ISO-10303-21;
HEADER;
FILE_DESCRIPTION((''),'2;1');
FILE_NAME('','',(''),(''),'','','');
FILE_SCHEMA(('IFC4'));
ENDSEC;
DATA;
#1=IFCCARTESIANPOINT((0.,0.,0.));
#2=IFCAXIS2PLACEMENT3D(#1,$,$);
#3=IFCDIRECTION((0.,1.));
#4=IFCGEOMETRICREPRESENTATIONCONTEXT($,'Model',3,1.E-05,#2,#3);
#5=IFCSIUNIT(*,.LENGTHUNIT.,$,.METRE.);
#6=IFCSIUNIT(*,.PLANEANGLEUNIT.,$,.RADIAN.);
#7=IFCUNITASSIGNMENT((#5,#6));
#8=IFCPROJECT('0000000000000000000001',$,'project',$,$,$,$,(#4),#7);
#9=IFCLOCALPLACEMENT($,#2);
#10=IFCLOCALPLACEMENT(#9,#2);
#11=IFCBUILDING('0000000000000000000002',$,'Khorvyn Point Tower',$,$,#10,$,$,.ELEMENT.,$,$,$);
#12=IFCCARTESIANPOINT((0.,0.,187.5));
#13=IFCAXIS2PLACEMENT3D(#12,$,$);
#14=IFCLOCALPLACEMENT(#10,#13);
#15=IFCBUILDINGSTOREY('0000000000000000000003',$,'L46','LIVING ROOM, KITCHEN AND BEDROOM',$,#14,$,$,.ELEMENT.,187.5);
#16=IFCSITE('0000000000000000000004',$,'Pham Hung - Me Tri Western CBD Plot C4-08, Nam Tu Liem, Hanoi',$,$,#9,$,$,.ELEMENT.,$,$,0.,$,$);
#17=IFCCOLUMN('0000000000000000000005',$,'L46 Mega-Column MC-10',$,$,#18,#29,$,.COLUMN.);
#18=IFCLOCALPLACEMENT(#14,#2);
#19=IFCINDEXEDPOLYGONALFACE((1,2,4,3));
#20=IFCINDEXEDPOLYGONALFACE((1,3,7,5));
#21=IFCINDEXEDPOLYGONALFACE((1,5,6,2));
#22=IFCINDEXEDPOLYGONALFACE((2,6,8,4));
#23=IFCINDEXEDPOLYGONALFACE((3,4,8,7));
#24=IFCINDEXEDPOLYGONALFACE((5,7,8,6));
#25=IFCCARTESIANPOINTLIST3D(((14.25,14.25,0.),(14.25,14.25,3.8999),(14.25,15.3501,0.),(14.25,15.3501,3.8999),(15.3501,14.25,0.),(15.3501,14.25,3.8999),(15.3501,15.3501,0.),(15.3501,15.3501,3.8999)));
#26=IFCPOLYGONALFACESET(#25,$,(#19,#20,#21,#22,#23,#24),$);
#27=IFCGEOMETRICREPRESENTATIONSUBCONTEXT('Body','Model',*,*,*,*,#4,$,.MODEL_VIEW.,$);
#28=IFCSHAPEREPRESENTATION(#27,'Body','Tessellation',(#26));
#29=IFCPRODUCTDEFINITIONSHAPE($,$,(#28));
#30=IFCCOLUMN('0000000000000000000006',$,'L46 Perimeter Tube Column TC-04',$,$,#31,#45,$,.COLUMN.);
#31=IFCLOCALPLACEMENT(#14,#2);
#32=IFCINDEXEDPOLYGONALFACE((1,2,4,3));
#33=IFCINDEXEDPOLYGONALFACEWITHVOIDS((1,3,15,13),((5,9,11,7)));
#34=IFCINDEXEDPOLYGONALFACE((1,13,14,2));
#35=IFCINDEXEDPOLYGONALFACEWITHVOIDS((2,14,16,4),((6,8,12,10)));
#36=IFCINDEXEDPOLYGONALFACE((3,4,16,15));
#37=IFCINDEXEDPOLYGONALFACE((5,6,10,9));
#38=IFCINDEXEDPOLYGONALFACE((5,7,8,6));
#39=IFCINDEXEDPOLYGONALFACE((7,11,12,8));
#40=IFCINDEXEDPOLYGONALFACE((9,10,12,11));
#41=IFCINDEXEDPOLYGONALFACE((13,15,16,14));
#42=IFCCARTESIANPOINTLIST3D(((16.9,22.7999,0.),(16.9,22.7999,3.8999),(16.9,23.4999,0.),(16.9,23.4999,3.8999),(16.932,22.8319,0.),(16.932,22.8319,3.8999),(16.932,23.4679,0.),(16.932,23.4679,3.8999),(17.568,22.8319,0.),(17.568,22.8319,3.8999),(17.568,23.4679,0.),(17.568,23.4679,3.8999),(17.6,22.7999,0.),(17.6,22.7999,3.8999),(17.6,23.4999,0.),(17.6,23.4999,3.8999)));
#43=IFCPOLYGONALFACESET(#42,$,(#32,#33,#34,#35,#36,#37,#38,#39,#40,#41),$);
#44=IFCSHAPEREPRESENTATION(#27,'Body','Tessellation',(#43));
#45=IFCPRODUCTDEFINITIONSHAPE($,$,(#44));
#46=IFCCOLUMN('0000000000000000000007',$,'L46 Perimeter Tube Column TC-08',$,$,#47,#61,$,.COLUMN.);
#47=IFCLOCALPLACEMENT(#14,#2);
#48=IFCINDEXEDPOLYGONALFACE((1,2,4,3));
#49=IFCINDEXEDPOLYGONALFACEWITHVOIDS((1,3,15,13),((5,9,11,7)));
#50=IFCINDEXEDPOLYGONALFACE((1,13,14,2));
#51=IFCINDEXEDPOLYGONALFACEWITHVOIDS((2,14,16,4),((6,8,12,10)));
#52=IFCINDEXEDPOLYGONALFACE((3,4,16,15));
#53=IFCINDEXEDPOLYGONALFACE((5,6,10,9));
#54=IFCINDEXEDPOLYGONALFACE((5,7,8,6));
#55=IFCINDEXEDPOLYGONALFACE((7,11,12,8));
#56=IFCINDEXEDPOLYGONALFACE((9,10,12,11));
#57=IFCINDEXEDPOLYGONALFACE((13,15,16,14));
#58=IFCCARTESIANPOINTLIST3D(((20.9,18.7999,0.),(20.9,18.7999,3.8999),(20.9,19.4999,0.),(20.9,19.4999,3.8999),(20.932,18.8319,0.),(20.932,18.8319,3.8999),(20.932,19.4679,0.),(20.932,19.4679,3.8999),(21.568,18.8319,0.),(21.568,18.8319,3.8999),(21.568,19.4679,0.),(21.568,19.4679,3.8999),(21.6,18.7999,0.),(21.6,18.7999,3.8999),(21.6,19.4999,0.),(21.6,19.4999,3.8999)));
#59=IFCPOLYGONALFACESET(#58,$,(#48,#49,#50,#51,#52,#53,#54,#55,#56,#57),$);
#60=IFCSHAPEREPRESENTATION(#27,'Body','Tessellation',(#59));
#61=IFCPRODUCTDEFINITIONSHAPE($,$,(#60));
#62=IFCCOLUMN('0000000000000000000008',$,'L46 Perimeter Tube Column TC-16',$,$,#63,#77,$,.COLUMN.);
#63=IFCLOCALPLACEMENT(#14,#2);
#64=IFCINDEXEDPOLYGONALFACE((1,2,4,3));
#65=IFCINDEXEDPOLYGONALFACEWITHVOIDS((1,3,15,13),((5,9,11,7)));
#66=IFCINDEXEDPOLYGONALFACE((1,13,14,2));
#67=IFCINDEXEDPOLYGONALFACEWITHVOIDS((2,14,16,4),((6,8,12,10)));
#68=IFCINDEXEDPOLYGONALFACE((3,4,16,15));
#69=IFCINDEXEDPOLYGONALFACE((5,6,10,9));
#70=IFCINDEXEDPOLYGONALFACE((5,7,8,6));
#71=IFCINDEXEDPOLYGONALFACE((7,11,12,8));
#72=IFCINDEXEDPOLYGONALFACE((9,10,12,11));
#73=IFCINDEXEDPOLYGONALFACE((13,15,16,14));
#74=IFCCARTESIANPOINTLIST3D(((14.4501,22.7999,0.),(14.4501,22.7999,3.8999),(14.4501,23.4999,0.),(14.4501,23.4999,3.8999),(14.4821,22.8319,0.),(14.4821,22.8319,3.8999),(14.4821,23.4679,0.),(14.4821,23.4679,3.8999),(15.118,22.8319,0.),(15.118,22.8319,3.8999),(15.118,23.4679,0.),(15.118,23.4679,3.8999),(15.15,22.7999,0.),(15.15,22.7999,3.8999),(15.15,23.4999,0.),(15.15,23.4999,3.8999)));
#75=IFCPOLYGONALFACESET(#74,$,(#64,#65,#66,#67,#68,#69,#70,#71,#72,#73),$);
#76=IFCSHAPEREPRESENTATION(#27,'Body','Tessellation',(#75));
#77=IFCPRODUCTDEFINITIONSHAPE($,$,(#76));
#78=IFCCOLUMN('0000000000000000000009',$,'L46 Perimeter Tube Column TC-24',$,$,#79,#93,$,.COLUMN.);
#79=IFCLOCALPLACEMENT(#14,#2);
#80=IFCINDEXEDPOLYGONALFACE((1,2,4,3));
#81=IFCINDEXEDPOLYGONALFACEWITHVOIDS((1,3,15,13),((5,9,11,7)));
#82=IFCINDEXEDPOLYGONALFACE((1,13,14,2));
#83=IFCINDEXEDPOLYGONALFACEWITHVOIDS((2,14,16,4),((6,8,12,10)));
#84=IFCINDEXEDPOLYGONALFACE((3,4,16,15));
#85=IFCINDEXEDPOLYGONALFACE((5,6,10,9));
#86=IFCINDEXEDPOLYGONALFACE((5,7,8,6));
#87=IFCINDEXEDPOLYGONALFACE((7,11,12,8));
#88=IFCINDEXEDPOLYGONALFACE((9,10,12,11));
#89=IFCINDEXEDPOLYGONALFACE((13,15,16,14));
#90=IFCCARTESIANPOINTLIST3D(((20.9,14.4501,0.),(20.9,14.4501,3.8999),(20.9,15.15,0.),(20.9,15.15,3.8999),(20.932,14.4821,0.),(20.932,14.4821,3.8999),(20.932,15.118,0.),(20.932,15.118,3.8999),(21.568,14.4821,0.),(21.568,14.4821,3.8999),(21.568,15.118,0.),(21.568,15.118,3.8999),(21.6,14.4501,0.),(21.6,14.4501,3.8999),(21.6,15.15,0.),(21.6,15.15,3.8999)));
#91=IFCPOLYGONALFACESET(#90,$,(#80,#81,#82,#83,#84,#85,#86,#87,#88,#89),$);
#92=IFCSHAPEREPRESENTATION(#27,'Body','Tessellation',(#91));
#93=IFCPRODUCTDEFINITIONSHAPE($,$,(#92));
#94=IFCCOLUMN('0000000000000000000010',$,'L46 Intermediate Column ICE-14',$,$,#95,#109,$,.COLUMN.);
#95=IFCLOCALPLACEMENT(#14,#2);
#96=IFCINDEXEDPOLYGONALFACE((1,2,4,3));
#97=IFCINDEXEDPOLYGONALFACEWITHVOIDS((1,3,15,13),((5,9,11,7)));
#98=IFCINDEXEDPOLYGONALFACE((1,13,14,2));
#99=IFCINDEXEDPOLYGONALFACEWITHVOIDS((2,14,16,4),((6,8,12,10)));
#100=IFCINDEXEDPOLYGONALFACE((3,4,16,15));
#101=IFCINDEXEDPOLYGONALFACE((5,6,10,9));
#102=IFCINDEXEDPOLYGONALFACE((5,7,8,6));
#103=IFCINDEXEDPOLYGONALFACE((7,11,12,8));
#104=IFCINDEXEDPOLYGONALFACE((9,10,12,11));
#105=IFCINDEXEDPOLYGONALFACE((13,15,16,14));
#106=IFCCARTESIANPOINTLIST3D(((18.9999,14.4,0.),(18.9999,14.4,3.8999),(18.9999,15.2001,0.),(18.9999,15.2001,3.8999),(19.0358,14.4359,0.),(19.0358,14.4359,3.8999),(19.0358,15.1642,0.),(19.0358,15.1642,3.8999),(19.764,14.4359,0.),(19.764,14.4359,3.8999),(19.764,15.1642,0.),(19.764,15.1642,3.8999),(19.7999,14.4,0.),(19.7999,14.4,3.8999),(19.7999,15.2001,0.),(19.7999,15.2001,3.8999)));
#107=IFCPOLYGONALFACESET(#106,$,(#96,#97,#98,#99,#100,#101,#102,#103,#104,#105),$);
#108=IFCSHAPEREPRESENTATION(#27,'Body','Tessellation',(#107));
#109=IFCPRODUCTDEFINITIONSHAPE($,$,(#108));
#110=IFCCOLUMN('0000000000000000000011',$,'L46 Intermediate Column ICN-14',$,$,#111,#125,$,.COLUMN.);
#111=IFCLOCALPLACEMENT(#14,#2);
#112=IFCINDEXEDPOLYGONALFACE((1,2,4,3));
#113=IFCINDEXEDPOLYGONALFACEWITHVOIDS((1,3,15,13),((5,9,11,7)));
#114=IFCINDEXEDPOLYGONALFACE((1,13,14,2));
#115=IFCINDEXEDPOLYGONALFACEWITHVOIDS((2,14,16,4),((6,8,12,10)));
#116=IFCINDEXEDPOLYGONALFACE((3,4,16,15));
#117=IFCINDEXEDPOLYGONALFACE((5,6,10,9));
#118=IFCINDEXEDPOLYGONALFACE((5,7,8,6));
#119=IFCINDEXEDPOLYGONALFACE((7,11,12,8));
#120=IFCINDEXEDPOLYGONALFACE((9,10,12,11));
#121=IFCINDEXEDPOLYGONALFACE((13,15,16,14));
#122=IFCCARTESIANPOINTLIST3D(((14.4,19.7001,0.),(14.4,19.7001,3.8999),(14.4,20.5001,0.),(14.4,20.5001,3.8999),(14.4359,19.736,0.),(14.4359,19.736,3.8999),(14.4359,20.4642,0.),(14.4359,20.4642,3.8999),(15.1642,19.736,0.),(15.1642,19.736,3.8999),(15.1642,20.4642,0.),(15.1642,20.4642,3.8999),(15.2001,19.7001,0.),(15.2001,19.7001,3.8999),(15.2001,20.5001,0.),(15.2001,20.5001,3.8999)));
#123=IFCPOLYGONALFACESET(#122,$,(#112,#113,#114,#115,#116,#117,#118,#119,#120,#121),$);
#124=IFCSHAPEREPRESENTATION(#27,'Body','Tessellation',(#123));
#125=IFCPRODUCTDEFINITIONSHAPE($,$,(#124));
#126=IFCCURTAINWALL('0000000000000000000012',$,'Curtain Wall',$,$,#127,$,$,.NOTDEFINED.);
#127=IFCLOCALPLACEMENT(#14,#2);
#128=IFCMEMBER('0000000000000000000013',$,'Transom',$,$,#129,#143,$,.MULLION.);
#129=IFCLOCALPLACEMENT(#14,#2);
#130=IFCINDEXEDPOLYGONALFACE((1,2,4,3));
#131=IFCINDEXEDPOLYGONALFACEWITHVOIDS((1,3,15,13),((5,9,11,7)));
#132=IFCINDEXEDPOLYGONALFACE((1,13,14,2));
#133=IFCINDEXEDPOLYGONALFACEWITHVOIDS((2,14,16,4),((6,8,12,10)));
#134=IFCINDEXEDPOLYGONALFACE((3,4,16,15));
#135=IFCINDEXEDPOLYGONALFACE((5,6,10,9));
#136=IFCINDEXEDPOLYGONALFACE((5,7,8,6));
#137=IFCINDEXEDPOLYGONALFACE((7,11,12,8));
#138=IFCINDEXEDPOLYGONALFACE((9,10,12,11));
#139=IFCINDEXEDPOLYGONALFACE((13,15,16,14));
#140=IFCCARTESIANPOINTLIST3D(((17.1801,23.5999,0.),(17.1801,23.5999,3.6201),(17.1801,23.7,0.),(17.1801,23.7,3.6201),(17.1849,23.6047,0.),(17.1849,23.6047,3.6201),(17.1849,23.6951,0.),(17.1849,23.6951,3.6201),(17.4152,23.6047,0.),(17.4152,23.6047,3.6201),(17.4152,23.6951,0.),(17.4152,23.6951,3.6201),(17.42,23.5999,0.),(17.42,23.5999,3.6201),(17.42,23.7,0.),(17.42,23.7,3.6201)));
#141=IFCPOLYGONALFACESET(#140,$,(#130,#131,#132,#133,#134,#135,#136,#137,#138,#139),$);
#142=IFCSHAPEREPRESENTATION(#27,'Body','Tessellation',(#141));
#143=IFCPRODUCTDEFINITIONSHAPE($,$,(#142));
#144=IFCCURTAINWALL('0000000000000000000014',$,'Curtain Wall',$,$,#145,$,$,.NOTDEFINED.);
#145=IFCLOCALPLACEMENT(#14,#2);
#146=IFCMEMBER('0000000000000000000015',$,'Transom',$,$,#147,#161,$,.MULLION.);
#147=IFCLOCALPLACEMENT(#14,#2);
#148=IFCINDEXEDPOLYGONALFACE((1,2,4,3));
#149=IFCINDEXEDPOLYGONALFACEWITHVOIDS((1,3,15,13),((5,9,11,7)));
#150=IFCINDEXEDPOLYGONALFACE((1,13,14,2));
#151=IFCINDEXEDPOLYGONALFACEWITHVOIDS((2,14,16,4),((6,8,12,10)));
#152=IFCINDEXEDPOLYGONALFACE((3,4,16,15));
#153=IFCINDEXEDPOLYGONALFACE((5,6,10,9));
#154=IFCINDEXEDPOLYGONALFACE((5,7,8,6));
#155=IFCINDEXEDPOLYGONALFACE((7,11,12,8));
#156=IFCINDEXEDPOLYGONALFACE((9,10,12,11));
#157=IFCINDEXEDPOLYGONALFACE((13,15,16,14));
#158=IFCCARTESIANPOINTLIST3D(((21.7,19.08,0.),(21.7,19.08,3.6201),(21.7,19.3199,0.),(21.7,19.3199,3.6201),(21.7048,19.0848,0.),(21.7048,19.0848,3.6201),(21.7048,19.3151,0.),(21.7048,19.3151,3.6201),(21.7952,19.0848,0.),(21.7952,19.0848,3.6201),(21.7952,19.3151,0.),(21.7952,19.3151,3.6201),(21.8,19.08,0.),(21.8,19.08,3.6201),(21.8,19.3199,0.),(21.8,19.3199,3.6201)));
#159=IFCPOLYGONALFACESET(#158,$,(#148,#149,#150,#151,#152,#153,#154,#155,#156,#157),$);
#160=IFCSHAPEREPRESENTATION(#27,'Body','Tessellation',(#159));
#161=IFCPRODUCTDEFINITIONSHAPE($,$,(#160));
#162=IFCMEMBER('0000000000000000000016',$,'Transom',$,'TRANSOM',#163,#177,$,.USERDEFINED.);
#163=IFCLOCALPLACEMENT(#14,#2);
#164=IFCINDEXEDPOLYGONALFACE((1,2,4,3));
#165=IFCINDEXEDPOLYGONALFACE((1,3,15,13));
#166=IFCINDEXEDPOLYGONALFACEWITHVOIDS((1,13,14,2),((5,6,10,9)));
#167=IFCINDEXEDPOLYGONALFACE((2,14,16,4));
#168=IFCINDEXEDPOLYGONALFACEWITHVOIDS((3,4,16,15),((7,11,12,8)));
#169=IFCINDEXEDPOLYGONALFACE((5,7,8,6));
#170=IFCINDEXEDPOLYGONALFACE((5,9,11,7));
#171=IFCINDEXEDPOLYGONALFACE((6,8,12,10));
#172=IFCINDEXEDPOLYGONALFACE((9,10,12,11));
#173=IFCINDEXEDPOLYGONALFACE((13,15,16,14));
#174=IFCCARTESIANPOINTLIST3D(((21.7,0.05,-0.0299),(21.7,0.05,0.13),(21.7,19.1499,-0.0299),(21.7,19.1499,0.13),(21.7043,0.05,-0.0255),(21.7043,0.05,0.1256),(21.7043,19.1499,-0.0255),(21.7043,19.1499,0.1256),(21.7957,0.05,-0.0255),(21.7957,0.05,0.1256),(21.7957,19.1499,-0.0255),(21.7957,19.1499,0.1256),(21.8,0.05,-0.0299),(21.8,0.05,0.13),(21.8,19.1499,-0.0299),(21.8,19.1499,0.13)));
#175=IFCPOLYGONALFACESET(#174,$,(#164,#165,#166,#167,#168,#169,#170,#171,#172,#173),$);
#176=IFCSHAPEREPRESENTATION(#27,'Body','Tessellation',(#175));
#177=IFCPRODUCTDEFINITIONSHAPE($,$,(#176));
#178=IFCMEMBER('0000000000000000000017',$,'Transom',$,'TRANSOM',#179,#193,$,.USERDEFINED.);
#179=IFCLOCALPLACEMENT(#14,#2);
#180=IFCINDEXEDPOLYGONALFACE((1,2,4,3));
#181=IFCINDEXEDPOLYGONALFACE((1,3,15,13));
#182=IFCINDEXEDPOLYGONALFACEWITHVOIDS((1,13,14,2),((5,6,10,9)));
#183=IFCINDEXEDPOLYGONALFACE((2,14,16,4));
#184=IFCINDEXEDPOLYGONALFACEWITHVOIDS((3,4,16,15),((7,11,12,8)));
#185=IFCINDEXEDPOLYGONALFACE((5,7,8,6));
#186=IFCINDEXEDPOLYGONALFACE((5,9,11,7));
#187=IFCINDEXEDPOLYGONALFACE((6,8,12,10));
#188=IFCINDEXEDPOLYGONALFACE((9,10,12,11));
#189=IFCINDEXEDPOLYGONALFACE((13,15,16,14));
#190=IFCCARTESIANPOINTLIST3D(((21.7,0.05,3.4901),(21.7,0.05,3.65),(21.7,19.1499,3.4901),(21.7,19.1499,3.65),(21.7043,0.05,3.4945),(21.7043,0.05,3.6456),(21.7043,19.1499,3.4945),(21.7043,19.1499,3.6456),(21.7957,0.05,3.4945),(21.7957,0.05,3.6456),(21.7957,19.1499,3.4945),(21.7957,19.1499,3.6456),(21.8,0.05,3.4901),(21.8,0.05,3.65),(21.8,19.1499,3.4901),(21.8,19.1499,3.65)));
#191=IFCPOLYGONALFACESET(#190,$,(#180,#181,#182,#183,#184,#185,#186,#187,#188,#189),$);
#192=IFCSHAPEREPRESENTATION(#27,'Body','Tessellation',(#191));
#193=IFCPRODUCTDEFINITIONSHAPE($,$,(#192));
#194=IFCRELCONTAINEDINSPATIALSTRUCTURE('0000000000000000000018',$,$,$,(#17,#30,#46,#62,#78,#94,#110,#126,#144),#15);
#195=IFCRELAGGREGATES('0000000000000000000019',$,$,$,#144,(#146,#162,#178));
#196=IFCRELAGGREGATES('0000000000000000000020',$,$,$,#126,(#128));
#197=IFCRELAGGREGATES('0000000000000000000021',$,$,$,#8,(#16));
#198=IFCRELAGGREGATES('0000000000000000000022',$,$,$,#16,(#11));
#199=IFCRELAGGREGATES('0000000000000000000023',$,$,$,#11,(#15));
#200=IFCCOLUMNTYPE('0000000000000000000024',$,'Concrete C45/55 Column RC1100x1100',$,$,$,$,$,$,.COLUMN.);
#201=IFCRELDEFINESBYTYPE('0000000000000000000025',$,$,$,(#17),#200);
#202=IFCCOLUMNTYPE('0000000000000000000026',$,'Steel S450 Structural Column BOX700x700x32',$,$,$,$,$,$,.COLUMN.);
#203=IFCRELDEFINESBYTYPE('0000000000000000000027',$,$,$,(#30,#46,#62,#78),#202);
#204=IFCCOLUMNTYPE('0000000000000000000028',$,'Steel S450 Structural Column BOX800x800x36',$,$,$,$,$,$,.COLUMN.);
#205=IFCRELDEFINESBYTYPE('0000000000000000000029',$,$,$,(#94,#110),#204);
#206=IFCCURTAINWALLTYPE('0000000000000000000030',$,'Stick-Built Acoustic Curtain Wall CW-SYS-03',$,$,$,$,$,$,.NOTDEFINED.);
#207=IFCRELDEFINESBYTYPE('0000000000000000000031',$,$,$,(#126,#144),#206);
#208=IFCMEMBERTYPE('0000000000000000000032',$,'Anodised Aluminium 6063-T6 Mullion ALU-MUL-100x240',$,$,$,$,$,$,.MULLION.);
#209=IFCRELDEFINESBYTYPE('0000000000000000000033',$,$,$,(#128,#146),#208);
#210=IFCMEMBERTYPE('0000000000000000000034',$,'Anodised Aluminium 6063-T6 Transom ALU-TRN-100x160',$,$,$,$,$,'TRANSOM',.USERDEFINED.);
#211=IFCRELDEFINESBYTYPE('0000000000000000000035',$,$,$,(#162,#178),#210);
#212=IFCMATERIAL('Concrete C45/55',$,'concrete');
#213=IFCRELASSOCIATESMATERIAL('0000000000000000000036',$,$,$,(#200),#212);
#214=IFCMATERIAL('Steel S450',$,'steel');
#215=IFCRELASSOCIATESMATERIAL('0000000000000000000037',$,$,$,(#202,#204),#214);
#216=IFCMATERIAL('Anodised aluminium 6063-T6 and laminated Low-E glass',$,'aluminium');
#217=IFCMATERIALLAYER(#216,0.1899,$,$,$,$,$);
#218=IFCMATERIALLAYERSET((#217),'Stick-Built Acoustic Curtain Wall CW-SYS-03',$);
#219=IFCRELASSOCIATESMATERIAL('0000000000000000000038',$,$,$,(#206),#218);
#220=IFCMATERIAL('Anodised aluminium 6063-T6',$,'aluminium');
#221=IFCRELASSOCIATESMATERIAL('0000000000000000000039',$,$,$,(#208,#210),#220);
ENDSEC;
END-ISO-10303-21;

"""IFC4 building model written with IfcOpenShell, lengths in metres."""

from ifc_helpers import new_model, si_unit, direction, frame, origin, origin_2d, place, context, subcontext, project, spatial, rectangle, hollow_rectangle, extrude, material, layer, layer_set, material_profile, profile_set, type_object, element, aggregate, save


model = new_model("IFC4")

# Units and contexts
model_context = context("Model", 3, precision=1e-05, world=origin(), true_north=direction((0.0, 1.0)))
body_context = subcontext(model_context, "Body", "Model", "MODEL_VIEW")
ifc_project = project(units=[si_unit("LENGTHUNIT", "METRE"), si_unit("PLANEANGLEUNIT", "RADIAN")], contexts=[model_context])

# Site, building, storey
site_placement = place(None, origin())
site = spatial("IfcSite", under=ifc_project, at=site_placement, Name="Pham Hung - Me Tri Western CBD Plot C4-08, Nam Tu Liem, Hanoi", CompositionType="ELEMENT", RefElevation=0.0)
building_placement = place(site_placement, origin())
building = spatial("IfcBuilding", under=site, at=building_placement, Name="Khorvyn Point Tower", CompositionType="ELEMENT")
storey_placement = place(building_placement, frame((0.0, 0.0, 187.5)))
storey = spatial("IfcBuildingStorey", under=building, at=storey_placement, Name="L46", Description="LIVING ROOM, KITCHEN AND BEDROOM", CompositionType="ELEMENT", Elevation=187.5)

# Columns
ifc_material_1 = material(Name="Concrete C45/55", Category="concrete")
ifc_material_profile_1 = material_profile(ifc_material_1, rectangle(XDim=1.1001, YDim=1.1001, at=origin_2d()))
ifc_profile_set_1 = profile_set([ifc_material_profile_1], Name="Concrete C45/55 RC1100x1100")
column_type_1 = type_object("IfcColumnType", Name="Concrete C45/55 Column RC1100x1100", PredefinedType="COLUMN", material=ifc_profile_set_1)
column_placement = place(storey_placement, frame((14.8, 14.8, 0.0), z_axis=(0.0, 0.0, 1.0), x_axis=(1.0, 0.0, 0.0)))
element("IfcColumn", 1, at=column_placement, inside=storey, type_object=column_type_1, Name="L46 Mega-Column MC-10", PredefinedType="COLUMN", context=body_context, shape_type="SweptSolid", body=[
    extrude(rectangle(XDim=1.1001, YDim=1.1001, at=origin_2d()), origin(), (0.0, 0.0, 1.0), 3.8999),
])
ifc_material_2 = material(Name="Steel S450", Category="steel")
ifc_material_profile_2 = material_profile(ifc_material_2, hollow_rectangle(XDim=0.7, YDim=0.7, WallThickness=0.032, at=origin_2d()))
ifc_profile_set_2 = profile_set([ifc_material_profile_2], Name="Steel S450 BOX700x700x32")
column_type_2 = type_object("IfcColumnType", Name="Steel S450 Structural Column BOX700x700x32", PredefinedType="COLUMN", material=ifc_profile_set_2)
for number, where, z_axis, x_axis, name in (
    (2, (17.25, 23.1499, 0.0), (0.0, 0.0, 1.0), (1.0, 0.0, 0.0), "L46 Perimeter Tube Column TC-04"),
    (3, (21.25, 19.1499, 0.0), (0.0, 0.0, 1.0), (1.0, 0.0, 0.0), "L46 Perimeter Tube Column TC-08"),
    (4, (14.8, 23.1499, 0.0), (0.0, 0.0, 1.0), (1.0, 0.0, 0.0), "L46 Perimeter Tube Column TC-16"),
    (5, (21.25, 14.8, 0.0), (0.0, 0.0, 1.0), (1.0, 0.0, 0.0), "L46 Perimeter Tube Column TC-24"),
):
    element("IfcColumn", number, at=place(storey_placement, frame(where, z_axis=z_axis, x_axis=x_axis)), inside=storey, type_object=column_type_2, Name=name, PredefinedType="COLUMN", context=body_context, shape_type="SweptSolid", body=[
        extrude(hollow_rectangle(XDim=0.7, YDim=0.7, WallThickness=0.032, at=origin_2d()), origin(), (0.0, 0.0, 1.0), 3.8999),
    ])
ifc_material_profile_3 = material_profile(ifc_material_2, hollow_rectangle(XDim=0.8, YDim=0.8, WallThickness=0.0359, at=origin_2d()))
ifc_profile_set_3 = profile_set([ifc_material_profile_3], Name="Steel S450 BOX800x800x36")
column_type_3 = type_object("IfcColumnType", Name="Steel S450 Structural Column BOX800x800x36", PredefinedType="COLUMN", material=ifc_profile_set_3)
for number, where, z_axis, x_axis, name in (
    (6, (19.3999, 14.8, 0.0), (0.0, 0.0, 1.0), (1.0, 0.0, 0.0), "L46 Intermediate Column ICE-14"),
    (7, (14.8, 20.1001, 0.0), (0.0, 0.0, 1.0), (1.0, 0.0, 0.0), "L46 Intermediate Column ICN-14"),
):
    element("IfcColumn", number, at=place(storey_placement, frame(where, z_axis=z_axis, x_axis=x_axis)), inside=storey, type_object=column_type_3, Name=name, PredefinedType="COLUMN", context=body_context, shape_type="SweptSolid", body=[
        extrude(hollow_rectangle(XDim=0.8, YDim=0.8, WallThickness=0.0359, at=origin_2d()), origin(), (0.0, 0.0, 1.0), 3.8999),
    ])

# Curtain wall, member
ifc_material_3 = material(Name="Anodised aluminium 6063-T6 and laminated Low-E glass", Category="aluminium")
ifc_layer_1 = layer(ifc_material_3, 0.1899)
ifc_layer_set_1 = layer_set([ifc_layer_1], Name="Stick-Built Acoustic Curtain Wall CW-SYS-03")
curtain_wall_type = type_object("IfcCurtainWallType", Name="Stick-Built Acoustic Curtain Wall CW-SYS-03", PredefinedType="NOTDEFINED", material=ifc_layer_set_1)
curtain_wall_1_placement = place(storey_placement, origin())
curtain_wall_1 = element("IfcCurtainWall", 8, at=curtain_wall_1_placement, inside=storey, type_object=curtain_wall_type, Name="Curtain Wall", PredefinedType="NOTDEFINED")
ifc_material_4 = material(Name="Anodised aluminium 6063-T6", Category="aluminium")
ifc_material_profile_4 = material_profile(ifc_material_4, hollow_rectangle(XDim=0.1001, YDim=0.24, WallThickness=0.0049, at=origin_2d()))
ifc_profile_set_4 = profile_set([ifc_material_profile_4], Name="Anodised aluminium 6063-T6 ALU-MUL-100x240")
member_type_1 = type_object("IfcMemberType", Name="Anodised Aluminium 6063-T6 Mullion ALU-MUL-100x240", PredefinedType="MULLION", material=ifc_profile_set_4)
member_1_placement = place(storey_placement, frame((17.3, 23.6499, 0.0), z_axis=(0.0, 0.0, 1.0), x_axis=(0.0, 1.0, 0.0)))
member_1 = element("IfcMember", 9, at=member_1_placement, type_object=member_type_1, Name="Transom", PredefinedType="MULLION", context=body_context, shape_type="SweptSolid", body=[
    extrude(hollow_rectangle(XDim=0.1001, YDim=0.24, WallThickness=0.0049, at=origin_2d()), origin(), (0.0, 0.0, 1.0), 3.6201),
])

# Curtain wall, members
curtain_wall_2_placement = place(storey_placement, origin())
curtain_wall_2 = element("IfcCurtainWall", 10, at=curtain_wall_2_placement, inside=storey, type_object=curtain_wall_type, Name="Curtain Wall", PredefinedType="NOTDEFINED")
member_2_placement = place(storey_placement, frame((21.75, 19.2, 0.0), z_axis=(0.0, 0.0, 1.0), x_axis=(1.0, 0.0, 0.0)))
member_2 = element("IfcMember", 11, at=member_2_placement, type_object=member_type_1, Name="Transom", PredefinedType="MULLION", context=body_context, shape_type="SweptSolid", body=[
    extrude(hollow_rectangle(XDim=0.1001, YDim=0.24, WallThickness=0.0049, at=origin_2d()), origin(), (0.0, 0.0, 1.0), 3.6201),
])
ifc_material_profile_5 = material_profile(ifc_material_4, hollow_rectangle(XDim=0.1001, YDim=0.1599, WallThickness=0.0044, at=origin_2d()))
ifc_profile_set_5 = profile_set([ifc_material_profile_5], Name="Anodised aluminium 6063-T6 ALU-TRN-100x160")
member_type_2 = type_object("IfcMemberType", Name="Anodised Aluminium 6063-T6 Transom ALU-TRN-100x160", ElementType="TRANSOM", PredefinedType="USERDEFINED", material=ifc_profile_set_5)
member_3_placement = place(storey_placement, frame((21.75, 19.1499, 0.05), z_axis=(0.0, -1.0, 0.0), x_axis=(1.0, 0.0, 0.0)))
member_3 = element("IfcMember", 12, at=member_3_placement, type_object=member_type_2, Name="Transom", ObjectType="TRANSOM", PredefinedType="USERDEFINED", context=body_context, shape_type="SweptSolid", body=[
    extrude(hollow_rectangle(XDim=0.1001, YDim=0.1599, WallThickness=0.0044, at=origin_2d()), origin(), (0.0, 0.0, 1.0), 19.0999),
])
member_4_placement = place(storey_placement, frame((21.75, 19.1499, 3.5701), z_axis=(0.0, -1.0, 0.0), x_axis=(1.0, 0.0, 0.0)))
member_4 = element("IfcMember", 13, at=member_4_placement, type_object=member_type_2, Name="Transom", ObjectType="TRANSOM", PredefinedType="USERDEFINED", context=body_context, shape_type="SweptSolid", body=[
    extrude(hollow_rectangle(XDim=0.1001, YDim=0.1599, WallThickness=0.0044, at=origin_2d()), origin(), (0.0, 0.0, 1.0), 19.0999),
])
aggregate(curtain_wall_2, [member_2, member_3, member_4])

aggregate(curtain_wall_1, [member_1])

save(model, "model.ifc")
